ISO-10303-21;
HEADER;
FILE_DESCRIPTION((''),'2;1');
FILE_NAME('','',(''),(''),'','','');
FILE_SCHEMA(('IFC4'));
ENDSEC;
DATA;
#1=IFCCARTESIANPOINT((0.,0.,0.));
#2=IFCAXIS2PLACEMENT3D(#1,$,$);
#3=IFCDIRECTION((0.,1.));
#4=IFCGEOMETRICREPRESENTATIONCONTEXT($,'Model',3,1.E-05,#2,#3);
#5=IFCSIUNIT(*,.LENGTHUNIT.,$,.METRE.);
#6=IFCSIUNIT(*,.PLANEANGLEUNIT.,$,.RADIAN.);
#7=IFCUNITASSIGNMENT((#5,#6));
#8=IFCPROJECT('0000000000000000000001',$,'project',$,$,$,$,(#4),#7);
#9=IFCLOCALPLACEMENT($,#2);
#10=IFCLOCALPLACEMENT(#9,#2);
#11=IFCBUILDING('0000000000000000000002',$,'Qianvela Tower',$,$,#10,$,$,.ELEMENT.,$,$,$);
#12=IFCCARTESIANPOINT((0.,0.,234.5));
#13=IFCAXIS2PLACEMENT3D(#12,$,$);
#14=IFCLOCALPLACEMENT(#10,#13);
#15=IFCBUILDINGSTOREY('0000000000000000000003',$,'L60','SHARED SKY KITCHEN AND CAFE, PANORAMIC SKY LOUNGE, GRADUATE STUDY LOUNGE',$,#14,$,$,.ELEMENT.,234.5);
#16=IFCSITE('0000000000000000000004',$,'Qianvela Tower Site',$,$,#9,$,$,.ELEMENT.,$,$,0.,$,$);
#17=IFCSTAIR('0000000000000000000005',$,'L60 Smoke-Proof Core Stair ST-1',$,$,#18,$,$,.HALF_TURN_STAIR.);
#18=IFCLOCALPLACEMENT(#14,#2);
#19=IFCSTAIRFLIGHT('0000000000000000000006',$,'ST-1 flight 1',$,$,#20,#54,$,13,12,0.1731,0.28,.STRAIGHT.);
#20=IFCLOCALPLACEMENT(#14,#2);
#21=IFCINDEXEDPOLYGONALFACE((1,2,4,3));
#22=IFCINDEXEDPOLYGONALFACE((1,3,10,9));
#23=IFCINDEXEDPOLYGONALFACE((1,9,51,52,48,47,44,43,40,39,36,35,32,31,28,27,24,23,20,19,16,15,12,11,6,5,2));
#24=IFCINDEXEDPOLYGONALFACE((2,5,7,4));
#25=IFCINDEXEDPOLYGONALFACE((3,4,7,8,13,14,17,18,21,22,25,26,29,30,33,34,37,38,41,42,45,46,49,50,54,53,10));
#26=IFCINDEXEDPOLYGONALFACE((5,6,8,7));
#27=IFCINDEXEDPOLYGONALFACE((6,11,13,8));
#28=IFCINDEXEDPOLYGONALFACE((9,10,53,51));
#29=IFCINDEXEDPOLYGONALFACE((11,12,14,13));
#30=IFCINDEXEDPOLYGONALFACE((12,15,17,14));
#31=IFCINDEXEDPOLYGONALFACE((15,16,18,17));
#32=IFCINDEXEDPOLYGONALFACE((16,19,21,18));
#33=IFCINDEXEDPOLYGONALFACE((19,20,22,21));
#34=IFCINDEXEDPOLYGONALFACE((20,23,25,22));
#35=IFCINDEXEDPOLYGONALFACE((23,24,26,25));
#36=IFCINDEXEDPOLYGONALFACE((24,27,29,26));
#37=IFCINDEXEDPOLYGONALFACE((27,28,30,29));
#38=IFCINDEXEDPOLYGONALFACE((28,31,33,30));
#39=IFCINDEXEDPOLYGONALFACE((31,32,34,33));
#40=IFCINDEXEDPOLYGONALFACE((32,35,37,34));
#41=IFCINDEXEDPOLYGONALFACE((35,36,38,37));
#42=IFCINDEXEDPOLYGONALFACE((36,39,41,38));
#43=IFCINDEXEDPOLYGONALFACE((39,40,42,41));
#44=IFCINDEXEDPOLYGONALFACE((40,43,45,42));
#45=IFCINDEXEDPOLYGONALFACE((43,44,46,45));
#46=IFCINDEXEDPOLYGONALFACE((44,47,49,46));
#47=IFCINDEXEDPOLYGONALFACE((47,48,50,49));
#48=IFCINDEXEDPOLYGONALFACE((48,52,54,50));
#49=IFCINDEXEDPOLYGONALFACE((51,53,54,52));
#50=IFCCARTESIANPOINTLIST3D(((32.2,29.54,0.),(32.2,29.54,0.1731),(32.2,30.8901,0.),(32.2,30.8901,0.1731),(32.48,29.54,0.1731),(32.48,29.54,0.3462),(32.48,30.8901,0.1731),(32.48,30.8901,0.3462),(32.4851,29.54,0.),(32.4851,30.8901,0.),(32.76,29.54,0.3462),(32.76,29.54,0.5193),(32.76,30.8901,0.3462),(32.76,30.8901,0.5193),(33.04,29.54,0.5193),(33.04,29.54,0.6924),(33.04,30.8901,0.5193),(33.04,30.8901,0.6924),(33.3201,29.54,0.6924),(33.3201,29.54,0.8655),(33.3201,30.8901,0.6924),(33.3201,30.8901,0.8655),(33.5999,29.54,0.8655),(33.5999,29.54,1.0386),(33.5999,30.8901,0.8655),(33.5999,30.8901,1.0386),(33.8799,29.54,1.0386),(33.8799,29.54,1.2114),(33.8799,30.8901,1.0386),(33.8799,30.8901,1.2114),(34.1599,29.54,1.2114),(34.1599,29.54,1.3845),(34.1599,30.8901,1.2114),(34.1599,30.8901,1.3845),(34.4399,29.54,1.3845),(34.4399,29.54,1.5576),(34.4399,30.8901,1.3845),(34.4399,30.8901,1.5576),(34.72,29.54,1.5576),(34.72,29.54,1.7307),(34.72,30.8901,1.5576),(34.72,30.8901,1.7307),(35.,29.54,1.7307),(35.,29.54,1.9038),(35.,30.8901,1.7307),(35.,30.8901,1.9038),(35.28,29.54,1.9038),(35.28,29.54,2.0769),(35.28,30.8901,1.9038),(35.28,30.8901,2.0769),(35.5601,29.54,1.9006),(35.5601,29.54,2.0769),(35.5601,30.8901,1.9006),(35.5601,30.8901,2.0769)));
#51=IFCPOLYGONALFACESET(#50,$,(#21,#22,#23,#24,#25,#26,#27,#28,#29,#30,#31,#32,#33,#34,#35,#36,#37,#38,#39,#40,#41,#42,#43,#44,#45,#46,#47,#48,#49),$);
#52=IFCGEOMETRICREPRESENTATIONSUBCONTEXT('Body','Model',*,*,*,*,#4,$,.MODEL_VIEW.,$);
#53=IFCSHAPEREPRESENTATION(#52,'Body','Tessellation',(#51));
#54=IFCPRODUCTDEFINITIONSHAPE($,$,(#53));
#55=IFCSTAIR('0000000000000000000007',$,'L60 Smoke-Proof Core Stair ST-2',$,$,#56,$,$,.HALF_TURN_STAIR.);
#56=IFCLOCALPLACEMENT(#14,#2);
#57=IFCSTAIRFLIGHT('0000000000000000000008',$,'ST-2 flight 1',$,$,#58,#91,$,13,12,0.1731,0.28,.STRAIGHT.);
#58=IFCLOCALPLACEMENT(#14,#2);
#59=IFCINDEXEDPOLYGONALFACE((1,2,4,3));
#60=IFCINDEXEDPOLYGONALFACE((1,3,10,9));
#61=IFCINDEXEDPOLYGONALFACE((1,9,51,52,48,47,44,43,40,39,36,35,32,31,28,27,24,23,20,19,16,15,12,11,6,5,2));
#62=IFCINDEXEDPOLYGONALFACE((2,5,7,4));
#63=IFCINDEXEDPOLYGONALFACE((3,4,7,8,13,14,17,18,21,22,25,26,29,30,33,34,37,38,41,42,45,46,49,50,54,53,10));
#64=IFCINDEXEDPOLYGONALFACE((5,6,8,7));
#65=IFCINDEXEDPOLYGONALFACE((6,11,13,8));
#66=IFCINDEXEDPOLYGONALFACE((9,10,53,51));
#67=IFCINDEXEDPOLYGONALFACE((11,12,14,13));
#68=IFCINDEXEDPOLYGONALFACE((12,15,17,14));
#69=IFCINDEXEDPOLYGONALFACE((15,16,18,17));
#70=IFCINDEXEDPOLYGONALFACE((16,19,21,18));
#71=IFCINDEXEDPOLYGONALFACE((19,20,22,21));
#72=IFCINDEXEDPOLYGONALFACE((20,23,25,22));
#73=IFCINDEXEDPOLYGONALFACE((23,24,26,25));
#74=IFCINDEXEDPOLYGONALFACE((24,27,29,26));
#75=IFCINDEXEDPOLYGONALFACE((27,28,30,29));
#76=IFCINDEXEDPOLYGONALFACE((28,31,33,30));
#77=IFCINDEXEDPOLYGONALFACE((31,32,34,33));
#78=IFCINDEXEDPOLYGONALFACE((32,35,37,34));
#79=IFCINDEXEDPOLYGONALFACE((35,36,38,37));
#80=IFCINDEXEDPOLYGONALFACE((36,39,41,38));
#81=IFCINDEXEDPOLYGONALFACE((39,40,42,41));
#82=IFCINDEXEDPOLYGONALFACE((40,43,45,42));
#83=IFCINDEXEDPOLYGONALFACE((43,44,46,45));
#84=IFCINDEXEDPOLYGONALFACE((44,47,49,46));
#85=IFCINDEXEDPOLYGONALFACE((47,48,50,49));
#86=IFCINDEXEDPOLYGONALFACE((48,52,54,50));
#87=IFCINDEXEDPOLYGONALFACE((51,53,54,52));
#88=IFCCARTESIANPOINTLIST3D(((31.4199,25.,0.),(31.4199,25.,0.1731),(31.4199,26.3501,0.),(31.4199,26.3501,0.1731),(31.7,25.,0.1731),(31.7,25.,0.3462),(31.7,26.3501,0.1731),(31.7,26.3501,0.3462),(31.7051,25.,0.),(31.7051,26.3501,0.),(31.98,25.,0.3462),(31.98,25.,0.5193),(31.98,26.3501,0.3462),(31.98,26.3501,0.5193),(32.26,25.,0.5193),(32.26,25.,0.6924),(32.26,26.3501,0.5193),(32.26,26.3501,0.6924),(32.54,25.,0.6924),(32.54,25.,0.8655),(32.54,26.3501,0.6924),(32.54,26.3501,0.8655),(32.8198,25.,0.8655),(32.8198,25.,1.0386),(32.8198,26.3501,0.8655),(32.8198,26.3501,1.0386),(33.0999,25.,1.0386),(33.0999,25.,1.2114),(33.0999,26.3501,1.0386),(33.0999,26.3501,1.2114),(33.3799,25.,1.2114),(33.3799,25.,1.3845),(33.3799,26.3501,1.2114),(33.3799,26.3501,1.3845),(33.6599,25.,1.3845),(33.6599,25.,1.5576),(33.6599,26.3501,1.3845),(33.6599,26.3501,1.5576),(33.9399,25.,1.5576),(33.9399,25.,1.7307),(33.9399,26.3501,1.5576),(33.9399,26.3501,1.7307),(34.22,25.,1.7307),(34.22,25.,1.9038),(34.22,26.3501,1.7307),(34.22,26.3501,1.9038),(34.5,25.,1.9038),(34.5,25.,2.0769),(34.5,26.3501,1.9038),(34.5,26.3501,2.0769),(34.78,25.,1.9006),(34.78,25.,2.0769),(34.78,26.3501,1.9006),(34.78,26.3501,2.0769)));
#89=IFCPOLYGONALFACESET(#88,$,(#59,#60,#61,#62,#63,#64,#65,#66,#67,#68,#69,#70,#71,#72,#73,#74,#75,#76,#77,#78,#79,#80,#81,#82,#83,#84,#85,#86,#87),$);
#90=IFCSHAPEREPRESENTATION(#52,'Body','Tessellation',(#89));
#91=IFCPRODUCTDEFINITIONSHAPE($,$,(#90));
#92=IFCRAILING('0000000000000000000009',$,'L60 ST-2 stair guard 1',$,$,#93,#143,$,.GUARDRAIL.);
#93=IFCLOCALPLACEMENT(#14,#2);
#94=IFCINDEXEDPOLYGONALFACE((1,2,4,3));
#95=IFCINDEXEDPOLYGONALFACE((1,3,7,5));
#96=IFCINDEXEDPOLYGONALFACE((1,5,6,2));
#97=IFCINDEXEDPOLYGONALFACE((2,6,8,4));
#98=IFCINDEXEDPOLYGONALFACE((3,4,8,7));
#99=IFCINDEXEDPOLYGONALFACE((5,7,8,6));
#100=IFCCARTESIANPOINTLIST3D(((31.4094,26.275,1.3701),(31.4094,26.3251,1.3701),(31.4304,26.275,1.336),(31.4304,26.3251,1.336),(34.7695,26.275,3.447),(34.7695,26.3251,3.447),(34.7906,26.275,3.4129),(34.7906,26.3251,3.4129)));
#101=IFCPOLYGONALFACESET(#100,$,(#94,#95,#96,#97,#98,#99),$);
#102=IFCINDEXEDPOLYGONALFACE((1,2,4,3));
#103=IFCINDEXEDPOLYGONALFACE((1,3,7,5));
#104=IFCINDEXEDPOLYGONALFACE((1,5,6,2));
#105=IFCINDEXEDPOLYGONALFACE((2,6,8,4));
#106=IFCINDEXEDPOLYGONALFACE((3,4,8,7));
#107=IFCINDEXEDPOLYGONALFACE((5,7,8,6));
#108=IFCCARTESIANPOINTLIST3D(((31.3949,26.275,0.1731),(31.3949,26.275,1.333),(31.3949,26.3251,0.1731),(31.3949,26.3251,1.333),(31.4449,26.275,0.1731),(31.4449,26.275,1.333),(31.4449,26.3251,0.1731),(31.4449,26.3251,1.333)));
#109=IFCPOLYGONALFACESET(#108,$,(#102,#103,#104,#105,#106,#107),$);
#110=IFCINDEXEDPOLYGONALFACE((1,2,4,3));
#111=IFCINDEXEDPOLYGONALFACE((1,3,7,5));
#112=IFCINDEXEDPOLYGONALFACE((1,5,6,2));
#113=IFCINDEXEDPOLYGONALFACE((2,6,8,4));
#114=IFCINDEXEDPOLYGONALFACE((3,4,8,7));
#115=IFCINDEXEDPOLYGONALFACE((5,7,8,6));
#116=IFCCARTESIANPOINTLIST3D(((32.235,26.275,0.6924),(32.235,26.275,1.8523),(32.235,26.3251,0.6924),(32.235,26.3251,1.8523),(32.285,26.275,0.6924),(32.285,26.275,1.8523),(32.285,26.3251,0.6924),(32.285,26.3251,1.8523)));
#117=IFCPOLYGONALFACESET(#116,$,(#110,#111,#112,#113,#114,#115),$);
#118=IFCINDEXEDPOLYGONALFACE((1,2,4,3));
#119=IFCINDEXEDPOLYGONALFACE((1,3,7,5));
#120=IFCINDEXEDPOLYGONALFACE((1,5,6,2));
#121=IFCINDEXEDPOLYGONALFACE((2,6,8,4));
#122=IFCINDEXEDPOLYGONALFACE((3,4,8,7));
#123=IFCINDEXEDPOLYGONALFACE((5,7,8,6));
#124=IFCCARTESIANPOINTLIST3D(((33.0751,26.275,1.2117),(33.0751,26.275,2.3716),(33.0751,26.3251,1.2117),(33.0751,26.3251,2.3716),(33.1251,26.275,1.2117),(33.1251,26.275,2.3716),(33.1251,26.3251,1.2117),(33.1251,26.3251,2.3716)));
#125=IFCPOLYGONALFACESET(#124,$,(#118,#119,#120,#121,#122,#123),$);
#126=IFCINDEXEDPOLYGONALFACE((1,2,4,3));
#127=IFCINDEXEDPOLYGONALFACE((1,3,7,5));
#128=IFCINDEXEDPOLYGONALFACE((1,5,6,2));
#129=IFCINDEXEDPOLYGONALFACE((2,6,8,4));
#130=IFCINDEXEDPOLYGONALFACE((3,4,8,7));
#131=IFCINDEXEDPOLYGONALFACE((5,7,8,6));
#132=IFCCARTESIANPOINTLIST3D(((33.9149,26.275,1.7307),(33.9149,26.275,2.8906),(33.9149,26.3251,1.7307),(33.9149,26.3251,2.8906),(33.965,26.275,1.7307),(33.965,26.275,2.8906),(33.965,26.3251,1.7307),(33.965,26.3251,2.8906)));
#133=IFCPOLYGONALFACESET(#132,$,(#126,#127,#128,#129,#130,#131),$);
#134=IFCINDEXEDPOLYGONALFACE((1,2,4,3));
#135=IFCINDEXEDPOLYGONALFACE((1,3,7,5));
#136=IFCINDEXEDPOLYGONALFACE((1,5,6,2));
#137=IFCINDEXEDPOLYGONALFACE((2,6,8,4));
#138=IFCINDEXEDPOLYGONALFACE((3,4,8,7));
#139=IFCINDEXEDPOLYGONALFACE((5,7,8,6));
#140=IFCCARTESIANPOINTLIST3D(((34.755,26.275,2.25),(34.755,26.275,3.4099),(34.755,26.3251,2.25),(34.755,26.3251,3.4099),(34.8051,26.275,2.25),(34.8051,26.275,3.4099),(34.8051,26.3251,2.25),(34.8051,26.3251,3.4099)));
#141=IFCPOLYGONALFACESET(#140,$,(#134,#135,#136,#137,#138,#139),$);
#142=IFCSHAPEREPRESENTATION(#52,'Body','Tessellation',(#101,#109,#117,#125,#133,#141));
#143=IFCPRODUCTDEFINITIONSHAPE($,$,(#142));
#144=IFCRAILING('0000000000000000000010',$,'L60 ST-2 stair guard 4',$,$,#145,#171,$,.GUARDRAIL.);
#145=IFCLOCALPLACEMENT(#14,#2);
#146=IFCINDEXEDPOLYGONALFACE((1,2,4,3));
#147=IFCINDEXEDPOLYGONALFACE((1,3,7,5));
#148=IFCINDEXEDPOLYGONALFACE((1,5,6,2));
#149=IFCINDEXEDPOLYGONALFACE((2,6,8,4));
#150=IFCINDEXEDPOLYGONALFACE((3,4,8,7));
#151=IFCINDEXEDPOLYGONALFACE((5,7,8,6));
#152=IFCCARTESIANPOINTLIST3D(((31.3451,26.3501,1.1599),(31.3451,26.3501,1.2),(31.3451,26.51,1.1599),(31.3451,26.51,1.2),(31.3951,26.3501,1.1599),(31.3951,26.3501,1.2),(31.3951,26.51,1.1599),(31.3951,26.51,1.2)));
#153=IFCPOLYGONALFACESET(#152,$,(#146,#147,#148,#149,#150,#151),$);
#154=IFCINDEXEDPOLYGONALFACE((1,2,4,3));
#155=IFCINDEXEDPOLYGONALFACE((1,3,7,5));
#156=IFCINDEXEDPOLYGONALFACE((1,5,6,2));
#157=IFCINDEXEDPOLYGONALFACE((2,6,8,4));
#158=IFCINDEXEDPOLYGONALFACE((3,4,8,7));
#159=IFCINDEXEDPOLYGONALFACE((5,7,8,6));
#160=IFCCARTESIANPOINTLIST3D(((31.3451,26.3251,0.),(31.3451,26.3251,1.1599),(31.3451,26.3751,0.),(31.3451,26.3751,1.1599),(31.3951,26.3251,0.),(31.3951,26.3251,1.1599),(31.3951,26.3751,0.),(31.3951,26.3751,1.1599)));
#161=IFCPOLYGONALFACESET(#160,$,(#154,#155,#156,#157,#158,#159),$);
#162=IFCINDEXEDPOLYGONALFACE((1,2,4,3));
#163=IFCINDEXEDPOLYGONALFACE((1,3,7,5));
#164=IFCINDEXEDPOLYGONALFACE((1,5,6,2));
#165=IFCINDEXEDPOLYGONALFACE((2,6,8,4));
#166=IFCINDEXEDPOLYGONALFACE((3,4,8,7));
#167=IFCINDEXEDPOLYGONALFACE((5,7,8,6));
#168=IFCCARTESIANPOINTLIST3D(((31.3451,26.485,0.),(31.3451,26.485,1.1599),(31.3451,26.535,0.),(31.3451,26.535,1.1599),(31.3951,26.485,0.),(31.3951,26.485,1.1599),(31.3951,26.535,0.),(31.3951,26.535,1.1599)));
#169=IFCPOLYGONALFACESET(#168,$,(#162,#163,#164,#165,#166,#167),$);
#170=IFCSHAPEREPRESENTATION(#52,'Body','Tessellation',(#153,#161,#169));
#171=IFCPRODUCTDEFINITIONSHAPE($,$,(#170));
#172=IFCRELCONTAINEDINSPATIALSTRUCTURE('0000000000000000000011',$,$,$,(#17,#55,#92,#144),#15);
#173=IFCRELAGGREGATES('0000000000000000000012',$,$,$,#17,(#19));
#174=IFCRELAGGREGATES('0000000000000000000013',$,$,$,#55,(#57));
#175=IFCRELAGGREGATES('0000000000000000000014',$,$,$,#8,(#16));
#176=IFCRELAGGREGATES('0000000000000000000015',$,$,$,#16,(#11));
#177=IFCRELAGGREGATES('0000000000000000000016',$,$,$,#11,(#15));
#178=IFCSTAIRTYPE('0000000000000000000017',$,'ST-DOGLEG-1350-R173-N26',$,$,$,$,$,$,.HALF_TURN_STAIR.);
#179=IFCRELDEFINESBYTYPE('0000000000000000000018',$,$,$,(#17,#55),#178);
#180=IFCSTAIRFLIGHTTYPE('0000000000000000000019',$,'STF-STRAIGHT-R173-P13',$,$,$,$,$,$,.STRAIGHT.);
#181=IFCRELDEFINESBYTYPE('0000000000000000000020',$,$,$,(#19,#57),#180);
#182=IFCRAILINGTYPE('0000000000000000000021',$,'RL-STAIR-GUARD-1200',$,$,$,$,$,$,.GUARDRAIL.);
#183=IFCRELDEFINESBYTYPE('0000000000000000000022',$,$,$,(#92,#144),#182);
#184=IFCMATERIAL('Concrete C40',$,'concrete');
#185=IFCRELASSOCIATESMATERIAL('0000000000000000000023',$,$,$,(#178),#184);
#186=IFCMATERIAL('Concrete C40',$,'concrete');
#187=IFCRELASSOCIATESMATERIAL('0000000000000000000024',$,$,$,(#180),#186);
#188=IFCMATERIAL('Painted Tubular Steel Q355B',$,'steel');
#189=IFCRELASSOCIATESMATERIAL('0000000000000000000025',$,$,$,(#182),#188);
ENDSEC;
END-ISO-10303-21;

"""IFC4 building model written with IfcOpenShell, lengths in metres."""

from ifc_helpers import new_model, si_unit, direction, frame, origin, origin_2d, place, context, subcontext, project, spatial, polyline, rectangle, outline, extrude, material, type_object, element, aggregate, save


model = new_model("IFC4")

# Units and contexts
model_context = context("Model", 3, precision=1e-05, world=origin(), true_north=direction((0.0, 1.0)))
body_context = subcontext(model_context, "Body", "Model", "MODEL_VIEW")
ifc_project = project(units=[si_unit("LENGTHUNIT", "METRE"), si_unit("PLANEANGLEUNIT", "RADIAN")], contexts=[model_context])

# Site, building, storey
site_placement = place(None, origin())
site = spatial("IfcSite", under=ifc_project, at=site_placement, Name="Qianvela Tower Site", CompositionType="ELEMENT", RefElevation=0.0)
building_placement = place(site_placement, origin())
building = spatial("IfcBuilding", under=site, at=building_placement, Name="Qianvela Tower", CompositionType="ELEMENT")
storey_placement = place(building_placement, frame((0.0, 0.0, 234.5)))
storey = spatial("IfcBuildingStorey", under=building, at=storey_placement, Name="L60", Description="SHARED SKY KITCHEN AND CAFE, PANORAMIC SKY LOUNGE, GRADUATE STUDY LOUNGE", CompositionType="ELEMENT", Elevation=234.5)

# Stairs, stair flights
ifc_material_1 = material(Name="Concrete C40", Category="concrete")
stair_type = type_object("IfcStairType", Name="ST-DOGLEG-1350-R173-N26", PredefinedType="HALF_TURN_STAIR", material=ifc_material_1)
stair_1_placement = place(storey_placement, origin())
stair_1 = element("IfcStair", 1, at=stair_1_placement, inside=storey, type_object=stair_type, Name="L60 Smoke-Proof Core Stair ST-1", PredefinedType="HALF_TURN_STAIR")
ifc_material_2 = material(Name="Concrete C40", Category="concrete")
stair_flight_type = type_object("IfcStairFlightType", Name="STF-STRAIGHT-R173-P13", PredefinedType="STRAIGHT", material=ifc_material_2)
stair_flight_1_placement = place(storey_placement, frame((32.2, 30.2151, 0.0), z_axis=(0.0, 0.0, 1.0), x_axis=(1.0, 0.0, 0.0)))
stair_flight_1 = element("IfcStairFlight", 2, at=stair_flight_1_placement, type_object=stair_flight_type, Name="ST-1 flight 1", NumberOfRisers=13, NumberOfTreads=12, PredefinedType="STRAIGHT", RiserHeight=0.1731, TreadLength=0.28, context=body_context, shape_type="SweptSolid", body=[
    extrude(outline(polyline([(0.0, 0.0), (0.0, 0.1731), (0.28, 0.1731), (0.28, 0.3462), (0.5601, 0.3462), (0.5601, 0.5193), (0.8401, 0.5193), (0.8401, 0.6924), (1.1201, 0.6924), (1.1201, 0.8655), (1.3999, 0.8655), (1.3999, 1.0386), (1.6799, 1.0386), (1.6799, 1.2114), (1.96, 1.2114), (1.96, 1.3845), (2.24, 1.3845), (2.24, 1.5576), (2.52, 1.5576), (2.52, 1.7307), (2.8, 1.7307), (2.8, 1.9038), (3.0801, 1.9038), (3.0801, 2.0769), (3.3601, 2.0769), (3.3601, 2.25), (3.3601, 1.9006), (0.2852, 0.0), (0.0, 0.0)])), frame((0.0, 0.675, 0.0), z_axis=(0.0, -1.0, 0.0), x_axis=(1.0, 0.0, 0.0)), (0.0, 0.0, 1.0), 1.3501),
])
aggregate(stair_1, [stair_flight_1])
stair_2_placement = place(storey_placement, origin())
stair_2 = element("IfcStair", 3, at=stair_2_placement, inside=storey, type_object=stair_type, Name="L60 Smoke-Proof Core Stair ST-2", PredefinedType="HALF_TURN_STAIR")
stair_flight_2_placement = place(storey_placement, frame((31.4199, 25.675, 0.0), z_axis=(0.0, 0.0, 1.0), x_axis=(1.0, 0.0, 0.0)))
stair_flight_2 = element("IfcStairFlight", 4, at=stair_flight_2_placement, type_object=stair_flight_type, Name="ST-2 flight 1", NumberOfRisers=13, NumberOfTreads=12, PredefinedType="STRAIGHT", RiserHeight=0.1731, TreadLength=0.28, context=body_context, shape_type="SweptSolid", body=[
    extrude(outline(polyline([(0.0, 0.0), (0.0, 0.1731), (0.28, 0.1731), (0.28, 0.3462), (0.5601, 0.3462), (0.5601, 0.5193), (0.8401, 0.5193), (0.8401, 0.6924), (1.1201, 0.6924), (1.1201, 0.8655), (1.3999, 0.8655), (1.3999, 1.0386), (1.6799, 1.0386), (1.6799, 1.2114), (1.96, 1.2114), (1.96, 1.3845), (2.24, 1.3845), (2.24, 1.5576), (2.52, 1.5576), (2.52, 1.7307), (2.8, 1.7307), (2.8, 1.9038), (3.0801, 1.9038), (3.0801, 2.0769), (3.3601, 2.0769), (3.3601, 2.25), (3.3601, 1.9006), (0.2852, 0.0), (0.0, 0.0)])), frame((0.0, 0.675, 0.0), z_axis=(0.0, -1.0, 0.0), x_axis=(1.0, 0.0, 0.0)), (0.0, 0.0, 1.0), 1.3501),
])
aggregate(stair_2, [stair_flight_2])

# Railings
ifc_material_3 = material(Name="Painted Tubular Steel Q355B", Category="steel")
railing_type_1 = type_object("IfcRailingType", Name="RL-STAIR-GUARD-1200", PredefinedType="GUARDRAIL", material=ifc_material_3)
railing_1_placement = place(storey_placement, frame((31.4199, 26.3, 0.1731)))
element("IfcRailing", 5, at=railing_1_placement, inside=storey, type_object=railing_type_1, Name="L60 ST-2 stair guard 1", PredefinedType="GUARDRAIL", context=body_context, shape_type="SweptSolid", body=[
    extrude(rectangle(XDim=0.05, YDim=0.04, at=origin_2d()), frame((0.0, 0.0, 1.1799), z_axis=(0.850623, 0.0, 0.525776), x_axis=(0.0, 1.0, 0.0)), (0.0, 0.0, 1.0), 3.9502),
    extrude(rectangle(XDim=0.05, YDim=0.05, at=origin_2d()), origin(), (0.0, 0.0, 1.0), 1.1599),
    extrude(rectangle(XDim=0.05, YDim=0.05, at=origin_2d()), frame((0.8401, 0.0, 0.5193)), (0.0, 0.0, 1.0), 1.1599),
    extrude(rectangle(XDim=0.05, YDim=0.05, at=origin_2d()), frame((1.6802, 0.0, 1.0386)), (0.0, 0.0, 1.0), 1.1599),
    extrude(rectangle(XDim=0.05, YDim=0.05, at=origin_2d()), frame((2.52, 0.0, 1.5576)), (0.0, 0.0, 1.0), 1.1599),
    extrude(rectangle(XDim=0.05, YDim=0.05, at=origin_2d()), frame((3.3601, 0.0, 2.0769)), (0.0, 0.0, 1.0), 1.1599),
])
railing_2_placement = place(storey_placement, frame((31.3701, 26.3501, 0.0)))
element("IfcRailing", 6, at=railing_2_placement, inside=storey, type_object=railing_type_1, Name="L60 ST-2 stair guard 4", PredefinedType="GUARDRAIL", context=body_context, shape_type="SweptSolid", body=[
    extrude(rectangle(XDim=0.05, YDim=0.04, at=origin_2d()), frame((0.0, 0.0, 1.1799), z_axis=(0.0, 1.0, 0.0), x_axis=(-1.0, 0.0, 0.0)), (0.0, 0.0, 1.0), 0.1599),
    extrude(rectangle(XDim=0.05, YDim=0.05, at=origin_2d()), origin(), (0.0, 0.0, 1.0), 1.1599),
    extrude(rectangle(XDim=0.05, YDim=0.05, at=origin_2d()), frame((0.0, 0.1599, 0.0)), (0.0, 0.0, 1.0), 1.1599),
])

save(model, "model.ifc")
